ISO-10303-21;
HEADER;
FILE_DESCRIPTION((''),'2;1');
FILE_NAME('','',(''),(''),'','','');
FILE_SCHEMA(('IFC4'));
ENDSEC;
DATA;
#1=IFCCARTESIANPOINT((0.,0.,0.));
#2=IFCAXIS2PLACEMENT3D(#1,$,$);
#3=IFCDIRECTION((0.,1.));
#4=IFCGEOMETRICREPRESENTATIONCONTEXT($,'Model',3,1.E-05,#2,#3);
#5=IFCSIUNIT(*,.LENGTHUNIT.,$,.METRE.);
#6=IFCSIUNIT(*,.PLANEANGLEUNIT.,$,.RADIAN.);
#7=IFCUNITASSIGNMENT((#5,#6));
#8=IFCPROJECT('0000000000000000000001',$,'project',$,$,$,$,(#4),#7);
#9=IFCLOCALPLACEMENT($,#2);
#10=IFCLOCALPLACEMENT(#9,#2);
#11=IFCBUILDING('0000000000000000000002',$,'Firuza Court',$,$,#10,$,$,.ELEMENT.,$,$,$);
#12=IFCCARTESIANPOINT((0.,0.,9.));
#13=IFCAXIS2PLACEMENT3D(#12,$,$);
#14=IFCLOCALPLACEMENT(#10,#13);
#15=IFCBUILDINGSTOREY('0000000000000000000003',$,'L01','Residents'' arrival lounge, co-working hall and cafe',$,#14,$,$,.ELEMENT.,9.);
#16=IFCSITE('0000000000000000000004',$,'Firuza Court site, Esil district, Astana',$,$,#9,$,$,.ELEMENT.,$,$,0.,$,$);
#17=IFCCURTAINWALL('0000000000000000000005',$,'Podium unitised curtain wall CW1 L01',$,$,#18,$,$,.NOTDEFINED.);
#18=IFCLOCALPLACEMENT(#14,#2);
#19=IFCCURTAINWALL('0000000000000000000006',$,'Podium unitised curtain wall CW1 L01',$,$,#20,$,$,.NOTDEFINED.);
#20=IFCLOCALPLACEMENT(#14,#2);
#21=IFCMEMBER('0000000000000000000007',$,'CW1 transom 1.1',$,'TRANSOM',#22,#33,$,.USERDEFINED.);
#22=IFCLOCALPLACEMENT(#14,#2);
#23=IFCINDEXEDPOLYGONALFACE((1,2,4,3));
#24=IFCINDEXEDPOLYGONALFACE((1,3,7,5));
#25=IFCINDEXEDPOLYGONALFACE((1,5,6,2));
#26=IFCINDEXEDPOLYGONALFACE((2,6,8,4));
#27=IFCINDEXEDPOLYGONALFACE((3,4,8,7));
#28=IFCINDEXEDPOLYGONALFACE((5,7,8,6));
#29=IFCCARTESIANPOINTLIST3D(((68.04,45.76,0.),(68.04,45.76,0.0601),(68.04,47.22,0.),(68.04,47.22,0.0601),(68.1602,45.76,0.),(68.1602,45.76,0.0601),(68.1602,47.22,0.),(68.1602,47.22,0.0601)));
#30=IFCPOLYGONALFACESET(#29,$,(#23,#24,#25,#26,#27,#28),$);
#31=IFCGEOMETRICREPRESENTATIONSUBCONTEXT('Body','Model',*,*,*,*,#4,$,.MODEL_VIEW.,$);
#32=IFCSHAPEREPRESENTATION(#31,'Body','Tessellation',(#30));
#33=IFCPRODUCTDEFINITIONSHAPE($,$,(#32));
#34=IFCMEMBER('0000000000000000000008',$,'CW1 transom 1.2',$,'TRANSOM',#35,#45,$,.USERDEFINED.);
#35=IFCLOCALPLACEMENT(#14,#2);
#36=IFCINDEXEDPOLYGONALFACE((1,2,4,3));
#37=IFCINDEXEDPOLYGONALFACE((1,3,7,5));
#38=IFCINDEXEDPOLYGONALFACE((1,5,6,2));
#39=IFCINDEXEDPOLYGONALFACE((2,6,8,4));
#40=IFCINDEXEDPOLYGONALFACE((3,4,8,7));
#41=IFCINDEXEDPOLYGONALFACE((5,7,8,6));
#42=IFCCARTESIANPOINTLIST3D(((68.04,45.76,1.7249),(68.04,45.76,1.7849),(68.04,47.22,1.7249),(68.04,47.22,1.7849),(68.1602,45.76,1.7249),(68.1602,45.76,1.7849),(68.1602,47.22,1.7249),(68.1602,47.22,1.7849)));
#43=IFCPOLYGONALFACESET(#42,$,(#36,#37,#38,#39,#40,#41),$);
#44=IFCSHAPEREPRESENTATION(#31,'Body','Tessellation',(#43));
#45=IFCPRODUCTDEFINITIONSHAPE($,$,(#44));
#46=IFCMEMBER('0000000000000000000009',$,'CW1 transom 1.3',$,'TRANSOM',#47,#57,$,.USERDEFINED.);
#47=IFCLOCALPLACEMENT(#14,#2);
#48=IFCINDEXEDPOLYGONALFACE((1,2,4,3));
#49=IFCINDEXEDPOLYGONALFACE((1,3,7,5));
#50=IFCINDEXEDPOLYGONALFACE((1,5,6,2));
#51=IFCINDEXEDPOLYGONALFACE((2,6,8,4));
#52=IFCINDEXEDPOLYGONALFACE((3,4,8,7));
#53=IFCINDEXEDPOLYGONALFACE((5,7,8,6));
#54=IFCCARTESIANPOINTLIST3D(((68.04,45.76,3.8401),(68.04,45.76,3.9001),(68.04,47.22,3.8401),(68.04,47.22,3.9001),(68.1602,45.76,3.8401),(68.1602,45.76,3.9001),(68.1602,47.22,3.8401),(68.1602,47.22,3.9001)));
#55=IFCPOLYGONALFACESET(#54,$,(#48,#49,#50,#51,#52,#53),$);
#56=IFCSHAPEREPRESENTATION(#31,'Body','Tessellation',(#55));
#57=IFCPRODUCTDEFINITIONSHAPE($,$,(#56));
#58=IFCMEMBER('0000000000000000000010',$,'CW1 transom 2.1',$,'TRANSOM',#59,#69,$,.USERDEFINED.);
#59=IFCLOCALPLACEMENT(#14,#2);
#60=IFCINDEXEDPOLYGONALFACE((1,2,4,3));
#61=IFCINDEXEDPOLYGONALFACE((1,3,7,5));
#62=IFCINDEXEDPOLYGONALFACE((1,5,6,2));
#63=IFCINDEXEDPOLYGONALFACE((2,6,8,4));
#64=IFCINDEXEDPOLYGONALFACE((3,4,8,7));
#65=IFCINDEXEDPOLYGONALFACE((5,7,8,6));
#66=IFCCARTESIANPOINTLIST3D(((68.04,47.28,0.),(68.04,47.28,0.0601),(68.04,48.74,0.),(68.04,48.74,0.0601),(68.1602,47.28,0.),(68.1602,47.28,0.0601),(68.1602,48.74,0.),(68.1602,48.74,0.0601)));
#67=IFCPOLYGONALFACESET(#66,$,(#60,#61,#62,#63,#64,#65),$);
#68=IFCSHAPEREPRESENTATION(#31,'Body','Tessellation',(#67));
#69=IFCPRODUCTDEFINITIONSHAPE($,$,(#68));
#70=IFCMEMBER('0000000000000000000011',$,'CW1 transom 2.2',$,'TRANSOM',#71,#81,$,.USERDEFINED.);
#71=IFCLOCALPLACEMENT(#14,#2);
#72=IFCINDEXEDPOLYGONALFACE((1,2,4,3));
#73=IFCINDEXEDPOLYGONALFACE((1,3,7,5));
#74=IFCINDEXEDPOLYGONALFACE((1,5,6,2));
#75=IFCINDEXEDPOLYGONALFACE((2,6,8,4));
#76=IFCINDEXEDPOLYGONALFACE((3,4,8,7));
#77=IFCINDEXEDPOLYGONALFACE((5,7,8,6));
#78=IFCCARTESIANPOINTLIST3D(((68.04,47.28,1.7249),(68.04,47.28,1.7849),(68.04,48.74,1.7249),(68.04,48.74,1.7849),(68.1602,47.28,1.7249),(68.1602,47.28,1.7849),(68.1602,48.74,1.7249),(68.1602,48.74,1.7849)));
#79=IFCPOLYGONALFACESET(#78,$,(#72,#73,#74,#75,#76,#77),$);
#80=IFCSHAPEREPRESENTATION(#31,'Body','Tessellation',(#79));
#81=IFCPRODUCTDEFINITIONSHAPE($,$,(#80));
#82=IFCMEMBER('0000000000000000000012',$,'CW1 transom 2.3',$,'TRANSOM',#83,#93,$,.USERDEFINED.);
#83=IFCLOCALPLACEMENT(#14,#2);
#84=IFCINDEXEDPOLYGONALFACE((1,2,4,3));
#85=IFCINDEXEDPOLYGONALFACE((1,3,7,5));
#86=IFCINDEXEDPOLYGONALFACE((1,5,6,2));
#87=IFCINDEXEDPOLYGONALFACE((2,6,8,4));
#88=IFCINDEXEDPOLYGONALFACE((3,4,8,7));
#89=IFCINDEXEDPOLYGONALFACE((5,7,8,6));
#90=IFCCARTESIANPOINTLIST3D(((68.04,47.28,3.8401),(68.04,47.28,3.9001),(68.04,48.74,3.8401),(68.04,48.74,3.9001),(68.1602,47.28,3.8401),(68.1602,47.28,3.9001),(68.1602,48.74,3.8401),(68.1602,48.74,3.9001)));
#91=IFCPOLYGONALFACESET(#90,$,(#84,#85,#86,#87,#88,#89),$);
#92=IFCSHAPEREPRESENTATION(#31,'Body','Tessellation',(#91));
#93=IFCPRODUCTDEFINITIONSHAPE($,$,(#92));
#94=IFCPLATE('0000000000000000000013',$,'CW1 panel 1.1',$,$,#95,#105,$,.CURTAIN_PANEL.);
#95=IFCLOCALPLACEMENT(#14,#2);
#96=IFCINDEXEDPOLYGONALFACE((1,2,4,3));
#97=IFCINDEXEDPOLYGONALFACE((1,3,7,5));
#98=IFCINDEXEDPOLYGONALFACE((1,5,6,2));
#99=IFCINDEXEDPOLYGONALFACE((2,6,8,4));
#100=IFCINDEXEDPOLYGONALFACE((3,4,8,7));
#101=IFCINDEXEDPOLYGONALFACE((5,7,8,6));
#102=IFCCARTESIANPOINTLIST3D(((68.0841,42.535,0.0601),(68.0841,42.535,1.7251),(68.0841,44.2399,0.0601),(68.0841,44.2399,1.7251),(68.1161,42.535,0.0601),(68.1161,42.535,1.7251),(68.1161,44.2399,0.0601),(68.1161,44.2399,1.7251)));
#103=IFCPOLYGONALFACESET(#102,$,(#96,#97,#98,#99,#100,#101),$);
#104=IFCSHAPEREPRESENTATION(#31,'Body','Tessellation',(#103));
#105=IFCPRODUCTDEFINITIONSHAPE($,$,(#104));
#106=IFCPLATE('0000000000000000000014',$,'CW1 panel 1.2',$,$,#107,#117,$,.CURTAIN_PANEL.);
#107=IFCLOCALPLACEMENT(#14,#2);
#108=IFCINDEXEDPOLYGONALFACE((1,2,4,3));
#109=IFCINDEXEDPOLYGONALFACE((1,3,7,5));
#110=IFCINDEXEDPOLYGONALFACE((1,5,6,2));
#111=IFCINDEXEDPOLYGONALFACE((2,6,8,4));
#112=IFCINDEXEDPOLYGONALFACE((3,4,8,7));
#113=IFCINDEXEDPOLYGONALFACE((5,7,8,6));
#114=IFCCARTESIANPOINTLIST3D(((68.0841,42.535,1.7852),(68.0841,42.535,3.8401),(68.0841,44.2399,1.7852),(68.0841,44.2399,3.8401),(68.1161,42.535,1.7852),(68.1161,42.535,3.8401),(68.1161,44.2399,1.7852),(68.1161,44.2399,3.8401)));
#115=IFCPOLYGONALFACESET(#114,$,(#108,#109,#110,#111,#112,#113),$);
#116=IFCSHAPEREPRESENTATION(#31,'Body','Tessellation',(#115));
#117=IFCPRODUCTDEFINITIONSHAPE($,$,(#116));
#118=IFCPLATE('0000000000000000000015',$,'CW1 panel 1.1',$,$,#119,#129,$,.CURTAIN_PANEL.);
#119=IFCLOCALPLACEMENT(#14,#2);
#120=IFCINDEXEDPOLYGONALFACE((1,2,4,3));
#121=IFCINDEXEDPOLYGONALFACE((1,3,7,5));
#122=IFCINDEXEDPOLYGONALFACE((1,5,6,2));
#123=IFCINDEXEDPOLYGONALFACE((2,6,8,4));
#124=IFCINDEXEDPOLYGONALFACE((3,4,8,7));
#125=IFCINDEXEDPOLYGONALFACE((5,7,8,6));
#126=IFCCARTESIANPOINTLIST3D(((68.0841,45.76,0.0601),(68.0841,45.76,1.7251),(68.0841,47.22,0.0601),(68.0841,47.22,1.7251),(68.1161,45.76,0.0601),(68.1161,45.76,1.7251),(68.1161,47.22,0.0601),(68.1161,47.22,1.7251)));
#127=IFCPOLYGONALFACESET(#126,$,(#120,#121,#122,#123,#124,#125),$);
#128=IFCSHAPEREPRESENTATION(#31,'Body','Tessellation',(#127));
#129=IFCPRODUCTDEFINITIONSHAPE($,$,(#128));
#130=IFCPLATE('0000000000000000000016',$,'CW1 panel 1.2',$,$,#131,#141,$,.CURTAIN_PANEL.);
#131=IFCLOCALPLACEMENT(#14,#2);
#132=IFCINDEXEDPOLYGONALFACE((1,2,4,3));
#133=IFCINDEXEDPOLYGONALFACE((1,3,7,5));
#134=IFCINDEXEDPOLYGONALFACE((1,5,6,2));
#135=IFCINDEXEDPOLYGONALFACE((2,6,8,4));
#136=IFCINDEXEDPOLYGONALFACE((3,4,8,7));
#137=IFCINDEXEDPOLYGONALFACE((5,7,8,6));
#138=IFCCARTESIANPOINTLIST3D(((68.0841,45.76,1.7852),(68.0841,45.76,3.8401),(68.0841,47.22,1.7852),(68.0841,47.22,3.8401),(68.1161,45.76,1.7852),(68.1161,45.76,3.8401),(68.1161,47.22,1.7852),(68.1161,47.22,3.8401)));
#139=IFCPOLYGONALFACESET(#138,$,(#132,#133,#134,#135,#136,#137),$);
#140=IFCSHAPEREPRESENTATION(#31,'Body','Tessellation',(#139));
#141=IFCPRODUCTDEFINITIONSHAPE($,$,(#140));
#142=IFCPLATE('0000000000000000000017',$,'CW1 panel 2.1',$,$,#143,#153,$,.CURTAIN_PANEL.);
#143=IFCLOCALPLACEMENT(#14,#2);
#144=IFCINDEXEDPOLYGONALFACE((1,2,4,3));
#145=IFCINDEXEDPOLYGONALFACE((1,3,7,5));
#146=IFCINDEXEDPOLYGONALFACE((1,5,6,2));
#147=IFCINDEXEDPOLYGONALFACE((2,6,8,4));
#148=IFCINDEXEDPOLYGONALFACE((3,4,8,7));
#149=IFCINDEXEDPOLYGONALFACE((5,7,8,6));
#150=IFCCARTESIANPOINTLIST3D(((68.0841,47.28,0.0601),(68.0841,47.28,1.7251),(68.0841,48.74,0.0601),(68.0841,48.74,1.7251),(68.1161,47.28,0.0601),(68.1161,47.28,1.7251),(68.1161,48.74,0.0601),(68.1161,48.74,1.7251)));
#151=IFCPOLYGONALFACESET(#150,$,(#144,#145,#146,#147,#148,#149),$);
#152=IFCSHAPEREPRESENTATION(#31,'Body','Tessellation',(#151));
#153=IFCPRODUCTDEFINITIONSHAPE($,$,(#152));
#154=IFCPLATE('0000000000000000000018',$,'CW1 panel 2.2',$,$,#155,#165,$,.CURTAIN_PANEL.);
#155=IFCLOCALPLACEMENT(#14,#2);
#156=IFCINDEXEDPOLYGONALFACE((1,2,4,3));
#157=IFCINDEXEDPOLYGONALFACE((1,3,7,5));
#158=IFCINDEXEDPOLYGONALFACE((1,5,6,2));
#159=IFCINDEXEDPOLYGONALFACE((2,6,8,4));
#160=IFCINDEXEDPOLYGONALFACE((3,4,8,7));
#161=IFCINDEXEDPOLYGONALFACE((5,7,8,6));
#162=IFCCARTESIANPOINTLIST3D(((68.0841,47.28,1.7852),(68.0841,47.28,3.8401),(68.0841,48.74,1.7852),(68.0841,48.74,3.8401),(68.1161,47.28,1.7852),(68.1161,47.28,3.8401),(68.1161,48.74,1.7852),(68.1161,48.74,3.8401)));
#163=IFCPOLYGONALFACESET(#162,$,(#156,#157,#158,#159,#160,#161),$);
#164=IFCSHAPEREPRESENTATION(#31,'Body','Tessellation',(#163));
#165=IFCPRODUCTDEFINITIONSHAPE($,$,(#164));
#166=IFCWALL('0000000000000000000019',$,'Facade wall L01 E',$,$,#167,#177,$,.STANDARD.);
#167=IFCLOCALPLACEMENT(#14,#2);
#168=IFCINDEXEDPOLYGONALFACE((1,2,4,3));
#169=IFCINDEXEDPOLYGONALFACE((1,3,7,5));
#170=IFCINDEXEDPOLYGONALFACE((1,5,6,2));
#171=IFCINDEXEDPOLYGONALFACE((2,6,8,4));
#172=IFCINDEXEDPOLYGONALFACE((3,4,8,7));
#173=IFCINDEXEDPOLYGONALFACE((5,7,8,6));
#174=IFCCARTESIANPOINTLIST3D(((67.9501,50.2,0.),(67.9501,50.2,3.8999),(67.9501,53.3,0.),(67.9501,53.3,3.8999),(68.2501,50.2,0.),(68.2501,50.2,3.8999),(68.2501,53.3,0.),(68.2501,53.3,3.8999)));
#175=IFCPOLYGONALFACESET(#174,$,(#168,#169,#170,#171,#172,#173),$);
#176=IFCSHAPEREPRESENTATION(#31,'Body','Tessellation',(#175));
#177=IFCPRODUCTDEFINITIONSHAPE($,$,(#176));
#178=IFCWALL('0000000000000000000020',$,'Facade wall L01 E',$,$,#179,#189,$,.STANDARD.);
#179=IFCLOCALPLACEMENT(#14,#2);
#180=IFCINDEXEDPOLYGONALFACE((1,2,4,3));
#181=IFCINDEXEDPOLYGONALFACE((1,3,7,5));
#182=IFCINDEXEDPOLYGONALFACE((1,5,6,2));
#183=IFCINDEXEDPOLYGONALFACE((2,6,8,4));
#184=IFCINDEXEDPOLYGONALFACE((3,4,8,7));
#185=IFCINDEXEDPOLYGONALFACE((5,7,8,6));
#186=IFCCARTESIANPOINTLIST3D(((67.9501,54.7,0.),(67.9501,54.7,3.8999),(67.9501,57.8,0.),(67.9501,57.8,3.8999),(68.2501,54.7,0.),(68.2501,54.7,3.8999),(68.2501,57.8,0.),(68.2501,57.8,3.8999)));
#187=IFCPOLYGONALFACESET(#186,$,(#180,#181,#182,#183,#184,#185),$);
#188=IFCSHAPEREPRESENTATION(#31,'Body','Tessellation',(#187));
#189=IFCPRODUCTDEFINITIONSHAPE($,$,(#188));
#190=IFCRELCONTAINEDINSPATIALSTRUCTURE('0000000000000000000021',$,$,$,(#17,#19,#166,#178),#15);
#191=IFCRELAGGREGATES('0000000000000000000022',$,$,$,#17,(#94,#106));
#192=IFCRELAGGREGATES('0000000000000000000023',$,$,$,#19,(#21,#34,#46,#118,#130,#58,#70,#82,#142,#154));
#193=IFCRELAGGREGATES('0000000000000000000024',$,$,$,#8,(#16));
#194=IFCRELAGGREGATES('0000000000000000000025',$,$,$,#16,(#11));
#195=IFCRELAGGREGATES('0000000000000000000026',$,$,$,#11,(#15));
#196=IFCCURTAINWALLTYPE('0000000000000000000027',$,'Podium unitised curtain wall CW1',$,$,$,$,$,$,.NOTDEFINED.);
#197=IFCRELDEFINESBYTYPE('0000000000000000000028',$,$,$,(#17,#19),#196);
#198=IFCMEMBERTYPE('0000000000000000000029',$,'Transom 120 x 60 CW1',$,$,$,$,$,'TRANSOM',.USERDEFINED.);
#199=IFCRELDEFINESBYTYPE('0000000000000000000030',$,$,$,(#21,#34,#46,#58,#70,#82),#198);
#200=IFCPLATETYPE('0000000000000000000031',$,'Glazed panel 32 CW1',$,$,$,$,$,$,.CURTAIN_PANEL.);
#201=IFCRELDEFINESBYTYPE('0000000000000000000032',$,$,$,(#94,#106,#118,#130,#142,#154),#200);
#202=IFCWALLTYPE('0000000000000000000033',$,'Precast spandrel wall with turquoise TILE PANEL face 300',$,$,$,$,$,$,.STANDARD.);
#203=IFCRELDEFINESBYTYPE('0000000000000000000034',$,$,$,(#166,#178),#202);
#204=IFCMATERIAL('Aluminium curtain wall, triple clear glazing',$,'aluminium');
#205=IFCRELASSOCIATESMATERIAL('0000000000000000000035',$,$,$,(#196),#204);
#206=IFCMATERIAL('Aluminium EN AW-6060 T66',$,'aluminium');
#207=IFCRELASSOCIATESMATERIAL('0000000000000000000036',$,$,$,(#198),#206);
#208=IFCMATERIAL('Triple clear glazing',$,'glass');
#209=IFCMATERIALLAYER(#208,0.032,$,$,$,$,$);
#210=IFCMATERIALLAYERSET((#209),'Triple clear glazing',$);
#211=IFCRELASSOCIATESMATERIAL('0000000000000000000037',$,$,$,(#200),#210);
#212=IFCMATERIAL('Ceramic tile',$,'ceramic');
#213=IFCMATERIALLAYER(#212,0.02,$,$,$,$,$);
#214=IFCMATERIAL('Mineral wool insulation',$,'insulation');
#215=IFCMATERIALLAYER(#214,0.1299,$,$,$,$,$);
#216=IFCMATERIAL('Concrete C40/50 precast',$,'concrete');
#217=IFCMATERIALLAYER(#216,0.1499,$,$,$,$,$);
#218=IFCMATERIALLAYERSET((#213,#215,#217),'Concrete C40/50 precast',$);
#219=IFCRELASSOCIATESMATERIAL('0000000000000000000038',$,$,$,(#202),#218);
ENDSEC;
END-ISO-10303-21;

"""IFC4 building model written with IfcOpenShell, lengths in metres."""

from ifc_helpers import new_model, si_unit, direction, frame, frame_2d, origin, origin_2d, place, context, subcontext, project, spatial, rectangle, extrude, material, layer, layer_set, material_profile, profile_set, type_object, element, aggregate, save


model = new_model("IFC4")

# Units and contexts
model_context = context("Model", 3, precision=1e-05, world=origin(), true_north=direction((0.0, 1.0)))
body_context = subcontext(model_context, "Body", "Model", "MODEL_VIEW")
ifc_project = project(units=[si_unit("LENGTHUNIT", "METRE"), si_unit("PLANEANGLEUNIT", "RADIAN")], contexts=[model_context])

# Site, building, storey
site_placement = place(None, origin())
site = spatial("IfcSite", under=ifc_project, at=site_placement, Name="Firuza Court site, Esil district, Astana", CompositionType="ELEMENT", RefElevation=0.0)
building_placement = place(site_placement, origin())
building = spatial("IfcBuilding", under=site, at=building_placement, Name="Firuza Court", CompositionType="ELEMENT")
storey_placement = place(building_placement, frame((0.0, 0.0, 9.0)))
storey = spatial("IfcBuildingStorey", under=building, at=storey_placement, Name="L01", Description="Residents' arrival lounge, co-working hall and cafe", CompositionType="ELEMENT", Elevation=9.0)

# Curtain walls
ifc_material_1 = material(Name="Aluminium curtain wall, triple clear glazing", Category="aluminium")
curtain_wall_type_1 = type_object("IfcCurtainWallType", Name="Podium unitised curtain wall CW1", PredefinedType="NOTDEFINED", material=ifc_material_1)
curtain_wall_1_placement = place(storey_placement, origin())
curtain_wall_1 = element("IfcCurtainWall", 1, at=curtain_wall_1_placement, inside=storey, type_object=curtain_wall_type_1, Name="Podium unitised curtain wall CW1 L01", PredefinedType="NOTDEFINED")
curtain_wall_2_placement = place(storey_placement, origin())
curtain_wall_2 = element("IfcCurtainWall", 2, at=curtain_wall_2_placement, inside=storey, type_object=curtain_wall_type_1, Name="Podium unitised curtain wall CW1 L01", PredefinedType="NOTDEFINED")

# Members
ifc_material_2 = material(Name="Aluminium EN AW-6060 T66", Category="aluminium")
ifc_material_profile_1 = material_profile(ifc_material_2, rectangle(XDim=0.1201, YDim=0.0601, at=origin_2d()), Name="Transom 120 x 60 CW1")
ifc_profile_set_1 = profile_set([ifc_material_profile_1], Name="Aluminium EN AW-6060 T66")
member_type_1 = type_object("IfcMemberType", Name="Transom 120 x 60 CW1", ElementType="TRANSOM", PredefinedType="USERDEFINED", material=ifc_profile_set_1)
member_1_placement = place(storey_placement, frame((68.1001, 45.76, 0.03), z_axis=(0.0, 1.0, 0.0), x_axis=(-1.0, 0.0, 0.0)))
member_1 = element("IfcMember", 3, at=member_1_placement, type_object=member_type_1, Name="CW1 transom 1.1", ObjectType="TRANSOM", PredefinedType="USERDEFINED", context=body_context, shape_type="SweptSolid", body=[
    extrude(rectangle(XDim=0.1201, YDim=0.0601, at=origin_2d()), origin(), (0.0, 0.0, 1.0), 1.46),
])
member_2_placement = place(storey_placement, frame((68.1001, 45.76, 1.7549), z_axis=(0.0, 1.0, 0.0), x_axis=(-1.0, 0.0, 0.0)))
member_2 = element("IfcMember", 4, at=member_2_placement, type_object=member_type_1, Name="CW1 transom 1.2", ObjectType="TRANSOM", PredefinedType="USERDEFINED", context=body_context, shape_type="SweptSolid", body=[
    extrude(rectangle(XDim=0.1201, YDim=0.0601, at=origin_2d()), origin(), (0.0, 0.0, 1.0), 1.46),
])
member_3_placement = place(storey_placement, frame((68.1001, 45.76, 3.8701), z_axis=(0.0, 1.0, 0.0), x_axis=(-1.0, 0.0, 0.0)))
member_3 = element("IfcMember", 5, at=member_3_placement, type_object=member_type_1, Name="CW1 transom 1.3", ObjectType="TRANSOM", PredefinedType="USERDEFINED", context=body_context, shape_type="SweptSolid", body=[
    extrude(rectangle(XDim=0.1201, YDim=0.0601, at=origin_2d()), origin(), (0.0, 0.0, 1.0), 1.46),
])
member_4_placement = place(storey_placement, frame((68.1001, 47.28, 0.03), z_axis=(0.0, 1.0, 0.0), x_axis=(-1.0, 0.0, 0.0)))
member_4 = element("IfcMember", 6, at=member_4_placement, type_object=member_type_1, Name="CW1 transom 2.1", ObjectType="TRANSOM", PredefinedType="USERDEFINED", context=body_context, shape_type="SweptSolid", body=[
    extrude(rectangle(XDim=0.1201, YDim=0.0601, at=origin_2d()), origin(), (0.0, 0.0, 1.0), 1.46),
])
member_5_placement = place(storey_placement, frame((68.1001, 47.28, 1.7549), z_axis=(0.0, 1.0, 0.0), x_axis=(-1.0, 0.0, 0.0)))
member_5 = element("IfcMember", 7, at=member_5_placement, type_object=member_type_1, Name="CW1 transom 2.2", ObjectType="TRANSOM", PredefinedType="USERDEFINED", context=body_context, shape_type="SweptSolid", body=[
    extrude(rectangle(XDim=0.1201, YDim=0.0601, at=origin_2d()), origin(), (0.0, 0.0, 1.0), 1.46),
])
member_6_placement = place(storey_placement, frame((68.1001, 47.28, 3.8701), z_axis=(0.0, 1.0, 0.0), x_axis=(-1.0, 0.0, 0.0)))
member_6 = element("IfcMember", 8, at=member_6_placement, type_object=member_type_1, Name="CW1 transom 2.3", ObjectType="TRANSOM", PredefinedType="USERDEFINED", context=body_context, shape_type="SweptSolid", body=[
    extrude(rectangle(XDim=0.1201, YDim=0.0601, at=origin_2d()), origin(), (0.0, 0.0, 1.0), 1.46),
])

# Plates
ifc_material_3 = material(Name="Triple clear glazing", Category="glass")
ifc_layer_1 = layer(ifc_material_3, 0.032)
ifc_layer_set_1 = layer_set([ifc_layer_1], Name="Triple clear glazing")
plate_type = type_object("IfcPlateType", Name="Glazed panel 32 CW1", PredefinedType="CURTAIN_PANEL", material=ifc_layer_set_1)
plate_1_placement = place(storey_placement, frame((68.1001, 43.3875, 0.0601), z_axis=(0.0, 0.0, 1.0), x_axis=(0.0, 1.0, 0.0)))
plate_1 = element("IfcPlate", 9, at=plate_1_placement, type_object=plate_type, Name="CW1 panel 1.1", PredefinedType="CURTAIN_PANEL", context=body_context, shape_type="SweptSolid", body=[
    extrude(rectangle(XDim=1.7048, YDim=0.032, at=origin_2d()), origin(), (0.0, 0.0, 1.0), 1.665),
])
plate_2_placement = place(storey_placement, frame((68.1001, 43.3875, 1.7852), z_axis=(0.0, 0.0, 1.0), x_axis=(0.0, 1.0, 0.0)))
plate_2 = element("IfcPlate", 10, at=plate_2_placement, type_object=plate_type, Name="CW1 panel 1.2", PredefinedType="CURTAIN_PANEL", context=body_context, shape_type="SweptSolid", body=[
    extrude(rectangle(XDim=1.7048, YDim=0.032, at=origin_2d()), origin(), (0.0, 0.0, 1.0), 2.0549),
])
aggregate(curtain_wall_1, [plate_1, plate_2])
plate_3_placement = place(storey_placement, frame((68.1001, 46.49, 0.0601), z_axis=(0.0, 0.0, 1.0), x_axis=(0.0, 1.0, 0.0)))
plate_3 = element("IfcPlate", 11, at=plate_3_placement, type_object=plate_type, Name="CW1 panel 1.1", PredefinedType="CURTAIN_PANEL", context=body_context, shape_type="SweptSolid", body=[
    extrude(rectangle(XDim=1.46, YDim=0.032, at=origin_2d()), origin(), (0.0, 0.0, 1.0), 1.665),
])
plate_4_placement = place(storey_placement, frame((68.1001, 46.49, 1.7852), z_axis=(0.0, 0.0, 1.0), x_axis=(0.0, 1.0, 0.0)))
plate_4 = element("IfcPlate", 12, at=plate_4_placement, type_object=plate_type, Name="CW1 panel 1.2", PredefinedType="CURTAIN_PANEL", context=body_context, shape_type="SweptSolid", body=[
    extrude(rectangle(XDim=1.46, YDim=0.032, at=origin_2d()), origin(), (0.0, 0.0, 1.0), 2.0549),
])
plate_5_placement = place(storey_placement, frame((68.1001, 48.01, 0.0601), z_axis=(0.0, 0.0, 1.0), x_axis=(0.0, 1.0, 0.0)))
plate_5 = element("IfcPlate", 13, at=plate_5_placement, type_object=plate_type, Name="CW1 panel 2.1", PredefinedType="CURTAIN_PANEL", context=body_context, shape_type="SweptSolid", body=[
    extrude(rectangle(XDim=1.46, YDim=0.032, at=origin_2d()), origin(), (0.0, 0.0, 1.0), 1.665),
])
plate_6_placement = place(storey_placement, frame((68.1001, 48.01, 1.7852), z_axis=(0.0, 0.0, 1.0), x_axis=(0.0, 1.0, 0.0)))
plate_6 = element("IfcPlate", 14, at=plate_6_placement, type_object=plate_type, Name="CW1 panel 2.2", PredefinedType="CURTAIN_PANEL", context=body_context, shape_type="SweptSolid", body=[
    extrude(rectangle(XDim=1.46, YDim=0.032, at=origin_2d()), origin(), (0.0, 0.0, 1.0), 2.0549),
])
aggregate(curtain_wall_2, [member_1, member_2, member_3, plate_3, plate_4, member_4, member_5, member_6, plate_5, plate_6])

# Walls
ifc_material_4 = material(Name="Ceramic tile", Category="ceramic")
ifc_layer_2 = layer(ifc_material_4, 0.02)
ifc_material_5 = material(Name="Mineral wool insulation", Category="insulation")
ifc_layer_3 = layer(ifc_material_5, 0.1299)
ifc_material_6 = material(Name="Concrete C40/50 precast", Category="concrete")
ifc_layer_4 = layer(ifc_material_6, 0.1499)
ifc_layer_set_2 = layer_set([ifc_layer_2, ifc_layer_3, ifc_layer_4], Name="Concrete C40/50 precast")
wall_type = type_object("IfcWallType", Name="Precast spandrel wall with turquoise TILE PANEL face 300", PredefinedType="STANDARD", material=ifc_layer_set_2)
for number, where, z_axis, x_axis, name in (
    (15, (68.1001, 50.2, 0.0), (0.0, 0.0, 1.0), (0.0, 1.0, 0.0), "Facade wall L01 E"),
    (16, (68.1001, 54.7, 0.0), (0.0, 0.0, 1.0), (0.0, 1.0, 0.0), "Facade wall L01 E"),
):
    element("IfcWall", number, at=place(storey_placement, frame(where, z_axis=z_axis, x_axis=x_axis)), inside=storey, type_object=wall_type, Name=name, PredefinedType="STANDARD", context=body_context, shape_type="SweptSolid", body=[
        extrude(rectangle(XDim=3.1001, YDim=0.3, at=frame_2d((1.55, 0.0))), origin(), (0.0, 0.0, 1.0), 3.8999),
    ])

save(model, "model.ifc")
